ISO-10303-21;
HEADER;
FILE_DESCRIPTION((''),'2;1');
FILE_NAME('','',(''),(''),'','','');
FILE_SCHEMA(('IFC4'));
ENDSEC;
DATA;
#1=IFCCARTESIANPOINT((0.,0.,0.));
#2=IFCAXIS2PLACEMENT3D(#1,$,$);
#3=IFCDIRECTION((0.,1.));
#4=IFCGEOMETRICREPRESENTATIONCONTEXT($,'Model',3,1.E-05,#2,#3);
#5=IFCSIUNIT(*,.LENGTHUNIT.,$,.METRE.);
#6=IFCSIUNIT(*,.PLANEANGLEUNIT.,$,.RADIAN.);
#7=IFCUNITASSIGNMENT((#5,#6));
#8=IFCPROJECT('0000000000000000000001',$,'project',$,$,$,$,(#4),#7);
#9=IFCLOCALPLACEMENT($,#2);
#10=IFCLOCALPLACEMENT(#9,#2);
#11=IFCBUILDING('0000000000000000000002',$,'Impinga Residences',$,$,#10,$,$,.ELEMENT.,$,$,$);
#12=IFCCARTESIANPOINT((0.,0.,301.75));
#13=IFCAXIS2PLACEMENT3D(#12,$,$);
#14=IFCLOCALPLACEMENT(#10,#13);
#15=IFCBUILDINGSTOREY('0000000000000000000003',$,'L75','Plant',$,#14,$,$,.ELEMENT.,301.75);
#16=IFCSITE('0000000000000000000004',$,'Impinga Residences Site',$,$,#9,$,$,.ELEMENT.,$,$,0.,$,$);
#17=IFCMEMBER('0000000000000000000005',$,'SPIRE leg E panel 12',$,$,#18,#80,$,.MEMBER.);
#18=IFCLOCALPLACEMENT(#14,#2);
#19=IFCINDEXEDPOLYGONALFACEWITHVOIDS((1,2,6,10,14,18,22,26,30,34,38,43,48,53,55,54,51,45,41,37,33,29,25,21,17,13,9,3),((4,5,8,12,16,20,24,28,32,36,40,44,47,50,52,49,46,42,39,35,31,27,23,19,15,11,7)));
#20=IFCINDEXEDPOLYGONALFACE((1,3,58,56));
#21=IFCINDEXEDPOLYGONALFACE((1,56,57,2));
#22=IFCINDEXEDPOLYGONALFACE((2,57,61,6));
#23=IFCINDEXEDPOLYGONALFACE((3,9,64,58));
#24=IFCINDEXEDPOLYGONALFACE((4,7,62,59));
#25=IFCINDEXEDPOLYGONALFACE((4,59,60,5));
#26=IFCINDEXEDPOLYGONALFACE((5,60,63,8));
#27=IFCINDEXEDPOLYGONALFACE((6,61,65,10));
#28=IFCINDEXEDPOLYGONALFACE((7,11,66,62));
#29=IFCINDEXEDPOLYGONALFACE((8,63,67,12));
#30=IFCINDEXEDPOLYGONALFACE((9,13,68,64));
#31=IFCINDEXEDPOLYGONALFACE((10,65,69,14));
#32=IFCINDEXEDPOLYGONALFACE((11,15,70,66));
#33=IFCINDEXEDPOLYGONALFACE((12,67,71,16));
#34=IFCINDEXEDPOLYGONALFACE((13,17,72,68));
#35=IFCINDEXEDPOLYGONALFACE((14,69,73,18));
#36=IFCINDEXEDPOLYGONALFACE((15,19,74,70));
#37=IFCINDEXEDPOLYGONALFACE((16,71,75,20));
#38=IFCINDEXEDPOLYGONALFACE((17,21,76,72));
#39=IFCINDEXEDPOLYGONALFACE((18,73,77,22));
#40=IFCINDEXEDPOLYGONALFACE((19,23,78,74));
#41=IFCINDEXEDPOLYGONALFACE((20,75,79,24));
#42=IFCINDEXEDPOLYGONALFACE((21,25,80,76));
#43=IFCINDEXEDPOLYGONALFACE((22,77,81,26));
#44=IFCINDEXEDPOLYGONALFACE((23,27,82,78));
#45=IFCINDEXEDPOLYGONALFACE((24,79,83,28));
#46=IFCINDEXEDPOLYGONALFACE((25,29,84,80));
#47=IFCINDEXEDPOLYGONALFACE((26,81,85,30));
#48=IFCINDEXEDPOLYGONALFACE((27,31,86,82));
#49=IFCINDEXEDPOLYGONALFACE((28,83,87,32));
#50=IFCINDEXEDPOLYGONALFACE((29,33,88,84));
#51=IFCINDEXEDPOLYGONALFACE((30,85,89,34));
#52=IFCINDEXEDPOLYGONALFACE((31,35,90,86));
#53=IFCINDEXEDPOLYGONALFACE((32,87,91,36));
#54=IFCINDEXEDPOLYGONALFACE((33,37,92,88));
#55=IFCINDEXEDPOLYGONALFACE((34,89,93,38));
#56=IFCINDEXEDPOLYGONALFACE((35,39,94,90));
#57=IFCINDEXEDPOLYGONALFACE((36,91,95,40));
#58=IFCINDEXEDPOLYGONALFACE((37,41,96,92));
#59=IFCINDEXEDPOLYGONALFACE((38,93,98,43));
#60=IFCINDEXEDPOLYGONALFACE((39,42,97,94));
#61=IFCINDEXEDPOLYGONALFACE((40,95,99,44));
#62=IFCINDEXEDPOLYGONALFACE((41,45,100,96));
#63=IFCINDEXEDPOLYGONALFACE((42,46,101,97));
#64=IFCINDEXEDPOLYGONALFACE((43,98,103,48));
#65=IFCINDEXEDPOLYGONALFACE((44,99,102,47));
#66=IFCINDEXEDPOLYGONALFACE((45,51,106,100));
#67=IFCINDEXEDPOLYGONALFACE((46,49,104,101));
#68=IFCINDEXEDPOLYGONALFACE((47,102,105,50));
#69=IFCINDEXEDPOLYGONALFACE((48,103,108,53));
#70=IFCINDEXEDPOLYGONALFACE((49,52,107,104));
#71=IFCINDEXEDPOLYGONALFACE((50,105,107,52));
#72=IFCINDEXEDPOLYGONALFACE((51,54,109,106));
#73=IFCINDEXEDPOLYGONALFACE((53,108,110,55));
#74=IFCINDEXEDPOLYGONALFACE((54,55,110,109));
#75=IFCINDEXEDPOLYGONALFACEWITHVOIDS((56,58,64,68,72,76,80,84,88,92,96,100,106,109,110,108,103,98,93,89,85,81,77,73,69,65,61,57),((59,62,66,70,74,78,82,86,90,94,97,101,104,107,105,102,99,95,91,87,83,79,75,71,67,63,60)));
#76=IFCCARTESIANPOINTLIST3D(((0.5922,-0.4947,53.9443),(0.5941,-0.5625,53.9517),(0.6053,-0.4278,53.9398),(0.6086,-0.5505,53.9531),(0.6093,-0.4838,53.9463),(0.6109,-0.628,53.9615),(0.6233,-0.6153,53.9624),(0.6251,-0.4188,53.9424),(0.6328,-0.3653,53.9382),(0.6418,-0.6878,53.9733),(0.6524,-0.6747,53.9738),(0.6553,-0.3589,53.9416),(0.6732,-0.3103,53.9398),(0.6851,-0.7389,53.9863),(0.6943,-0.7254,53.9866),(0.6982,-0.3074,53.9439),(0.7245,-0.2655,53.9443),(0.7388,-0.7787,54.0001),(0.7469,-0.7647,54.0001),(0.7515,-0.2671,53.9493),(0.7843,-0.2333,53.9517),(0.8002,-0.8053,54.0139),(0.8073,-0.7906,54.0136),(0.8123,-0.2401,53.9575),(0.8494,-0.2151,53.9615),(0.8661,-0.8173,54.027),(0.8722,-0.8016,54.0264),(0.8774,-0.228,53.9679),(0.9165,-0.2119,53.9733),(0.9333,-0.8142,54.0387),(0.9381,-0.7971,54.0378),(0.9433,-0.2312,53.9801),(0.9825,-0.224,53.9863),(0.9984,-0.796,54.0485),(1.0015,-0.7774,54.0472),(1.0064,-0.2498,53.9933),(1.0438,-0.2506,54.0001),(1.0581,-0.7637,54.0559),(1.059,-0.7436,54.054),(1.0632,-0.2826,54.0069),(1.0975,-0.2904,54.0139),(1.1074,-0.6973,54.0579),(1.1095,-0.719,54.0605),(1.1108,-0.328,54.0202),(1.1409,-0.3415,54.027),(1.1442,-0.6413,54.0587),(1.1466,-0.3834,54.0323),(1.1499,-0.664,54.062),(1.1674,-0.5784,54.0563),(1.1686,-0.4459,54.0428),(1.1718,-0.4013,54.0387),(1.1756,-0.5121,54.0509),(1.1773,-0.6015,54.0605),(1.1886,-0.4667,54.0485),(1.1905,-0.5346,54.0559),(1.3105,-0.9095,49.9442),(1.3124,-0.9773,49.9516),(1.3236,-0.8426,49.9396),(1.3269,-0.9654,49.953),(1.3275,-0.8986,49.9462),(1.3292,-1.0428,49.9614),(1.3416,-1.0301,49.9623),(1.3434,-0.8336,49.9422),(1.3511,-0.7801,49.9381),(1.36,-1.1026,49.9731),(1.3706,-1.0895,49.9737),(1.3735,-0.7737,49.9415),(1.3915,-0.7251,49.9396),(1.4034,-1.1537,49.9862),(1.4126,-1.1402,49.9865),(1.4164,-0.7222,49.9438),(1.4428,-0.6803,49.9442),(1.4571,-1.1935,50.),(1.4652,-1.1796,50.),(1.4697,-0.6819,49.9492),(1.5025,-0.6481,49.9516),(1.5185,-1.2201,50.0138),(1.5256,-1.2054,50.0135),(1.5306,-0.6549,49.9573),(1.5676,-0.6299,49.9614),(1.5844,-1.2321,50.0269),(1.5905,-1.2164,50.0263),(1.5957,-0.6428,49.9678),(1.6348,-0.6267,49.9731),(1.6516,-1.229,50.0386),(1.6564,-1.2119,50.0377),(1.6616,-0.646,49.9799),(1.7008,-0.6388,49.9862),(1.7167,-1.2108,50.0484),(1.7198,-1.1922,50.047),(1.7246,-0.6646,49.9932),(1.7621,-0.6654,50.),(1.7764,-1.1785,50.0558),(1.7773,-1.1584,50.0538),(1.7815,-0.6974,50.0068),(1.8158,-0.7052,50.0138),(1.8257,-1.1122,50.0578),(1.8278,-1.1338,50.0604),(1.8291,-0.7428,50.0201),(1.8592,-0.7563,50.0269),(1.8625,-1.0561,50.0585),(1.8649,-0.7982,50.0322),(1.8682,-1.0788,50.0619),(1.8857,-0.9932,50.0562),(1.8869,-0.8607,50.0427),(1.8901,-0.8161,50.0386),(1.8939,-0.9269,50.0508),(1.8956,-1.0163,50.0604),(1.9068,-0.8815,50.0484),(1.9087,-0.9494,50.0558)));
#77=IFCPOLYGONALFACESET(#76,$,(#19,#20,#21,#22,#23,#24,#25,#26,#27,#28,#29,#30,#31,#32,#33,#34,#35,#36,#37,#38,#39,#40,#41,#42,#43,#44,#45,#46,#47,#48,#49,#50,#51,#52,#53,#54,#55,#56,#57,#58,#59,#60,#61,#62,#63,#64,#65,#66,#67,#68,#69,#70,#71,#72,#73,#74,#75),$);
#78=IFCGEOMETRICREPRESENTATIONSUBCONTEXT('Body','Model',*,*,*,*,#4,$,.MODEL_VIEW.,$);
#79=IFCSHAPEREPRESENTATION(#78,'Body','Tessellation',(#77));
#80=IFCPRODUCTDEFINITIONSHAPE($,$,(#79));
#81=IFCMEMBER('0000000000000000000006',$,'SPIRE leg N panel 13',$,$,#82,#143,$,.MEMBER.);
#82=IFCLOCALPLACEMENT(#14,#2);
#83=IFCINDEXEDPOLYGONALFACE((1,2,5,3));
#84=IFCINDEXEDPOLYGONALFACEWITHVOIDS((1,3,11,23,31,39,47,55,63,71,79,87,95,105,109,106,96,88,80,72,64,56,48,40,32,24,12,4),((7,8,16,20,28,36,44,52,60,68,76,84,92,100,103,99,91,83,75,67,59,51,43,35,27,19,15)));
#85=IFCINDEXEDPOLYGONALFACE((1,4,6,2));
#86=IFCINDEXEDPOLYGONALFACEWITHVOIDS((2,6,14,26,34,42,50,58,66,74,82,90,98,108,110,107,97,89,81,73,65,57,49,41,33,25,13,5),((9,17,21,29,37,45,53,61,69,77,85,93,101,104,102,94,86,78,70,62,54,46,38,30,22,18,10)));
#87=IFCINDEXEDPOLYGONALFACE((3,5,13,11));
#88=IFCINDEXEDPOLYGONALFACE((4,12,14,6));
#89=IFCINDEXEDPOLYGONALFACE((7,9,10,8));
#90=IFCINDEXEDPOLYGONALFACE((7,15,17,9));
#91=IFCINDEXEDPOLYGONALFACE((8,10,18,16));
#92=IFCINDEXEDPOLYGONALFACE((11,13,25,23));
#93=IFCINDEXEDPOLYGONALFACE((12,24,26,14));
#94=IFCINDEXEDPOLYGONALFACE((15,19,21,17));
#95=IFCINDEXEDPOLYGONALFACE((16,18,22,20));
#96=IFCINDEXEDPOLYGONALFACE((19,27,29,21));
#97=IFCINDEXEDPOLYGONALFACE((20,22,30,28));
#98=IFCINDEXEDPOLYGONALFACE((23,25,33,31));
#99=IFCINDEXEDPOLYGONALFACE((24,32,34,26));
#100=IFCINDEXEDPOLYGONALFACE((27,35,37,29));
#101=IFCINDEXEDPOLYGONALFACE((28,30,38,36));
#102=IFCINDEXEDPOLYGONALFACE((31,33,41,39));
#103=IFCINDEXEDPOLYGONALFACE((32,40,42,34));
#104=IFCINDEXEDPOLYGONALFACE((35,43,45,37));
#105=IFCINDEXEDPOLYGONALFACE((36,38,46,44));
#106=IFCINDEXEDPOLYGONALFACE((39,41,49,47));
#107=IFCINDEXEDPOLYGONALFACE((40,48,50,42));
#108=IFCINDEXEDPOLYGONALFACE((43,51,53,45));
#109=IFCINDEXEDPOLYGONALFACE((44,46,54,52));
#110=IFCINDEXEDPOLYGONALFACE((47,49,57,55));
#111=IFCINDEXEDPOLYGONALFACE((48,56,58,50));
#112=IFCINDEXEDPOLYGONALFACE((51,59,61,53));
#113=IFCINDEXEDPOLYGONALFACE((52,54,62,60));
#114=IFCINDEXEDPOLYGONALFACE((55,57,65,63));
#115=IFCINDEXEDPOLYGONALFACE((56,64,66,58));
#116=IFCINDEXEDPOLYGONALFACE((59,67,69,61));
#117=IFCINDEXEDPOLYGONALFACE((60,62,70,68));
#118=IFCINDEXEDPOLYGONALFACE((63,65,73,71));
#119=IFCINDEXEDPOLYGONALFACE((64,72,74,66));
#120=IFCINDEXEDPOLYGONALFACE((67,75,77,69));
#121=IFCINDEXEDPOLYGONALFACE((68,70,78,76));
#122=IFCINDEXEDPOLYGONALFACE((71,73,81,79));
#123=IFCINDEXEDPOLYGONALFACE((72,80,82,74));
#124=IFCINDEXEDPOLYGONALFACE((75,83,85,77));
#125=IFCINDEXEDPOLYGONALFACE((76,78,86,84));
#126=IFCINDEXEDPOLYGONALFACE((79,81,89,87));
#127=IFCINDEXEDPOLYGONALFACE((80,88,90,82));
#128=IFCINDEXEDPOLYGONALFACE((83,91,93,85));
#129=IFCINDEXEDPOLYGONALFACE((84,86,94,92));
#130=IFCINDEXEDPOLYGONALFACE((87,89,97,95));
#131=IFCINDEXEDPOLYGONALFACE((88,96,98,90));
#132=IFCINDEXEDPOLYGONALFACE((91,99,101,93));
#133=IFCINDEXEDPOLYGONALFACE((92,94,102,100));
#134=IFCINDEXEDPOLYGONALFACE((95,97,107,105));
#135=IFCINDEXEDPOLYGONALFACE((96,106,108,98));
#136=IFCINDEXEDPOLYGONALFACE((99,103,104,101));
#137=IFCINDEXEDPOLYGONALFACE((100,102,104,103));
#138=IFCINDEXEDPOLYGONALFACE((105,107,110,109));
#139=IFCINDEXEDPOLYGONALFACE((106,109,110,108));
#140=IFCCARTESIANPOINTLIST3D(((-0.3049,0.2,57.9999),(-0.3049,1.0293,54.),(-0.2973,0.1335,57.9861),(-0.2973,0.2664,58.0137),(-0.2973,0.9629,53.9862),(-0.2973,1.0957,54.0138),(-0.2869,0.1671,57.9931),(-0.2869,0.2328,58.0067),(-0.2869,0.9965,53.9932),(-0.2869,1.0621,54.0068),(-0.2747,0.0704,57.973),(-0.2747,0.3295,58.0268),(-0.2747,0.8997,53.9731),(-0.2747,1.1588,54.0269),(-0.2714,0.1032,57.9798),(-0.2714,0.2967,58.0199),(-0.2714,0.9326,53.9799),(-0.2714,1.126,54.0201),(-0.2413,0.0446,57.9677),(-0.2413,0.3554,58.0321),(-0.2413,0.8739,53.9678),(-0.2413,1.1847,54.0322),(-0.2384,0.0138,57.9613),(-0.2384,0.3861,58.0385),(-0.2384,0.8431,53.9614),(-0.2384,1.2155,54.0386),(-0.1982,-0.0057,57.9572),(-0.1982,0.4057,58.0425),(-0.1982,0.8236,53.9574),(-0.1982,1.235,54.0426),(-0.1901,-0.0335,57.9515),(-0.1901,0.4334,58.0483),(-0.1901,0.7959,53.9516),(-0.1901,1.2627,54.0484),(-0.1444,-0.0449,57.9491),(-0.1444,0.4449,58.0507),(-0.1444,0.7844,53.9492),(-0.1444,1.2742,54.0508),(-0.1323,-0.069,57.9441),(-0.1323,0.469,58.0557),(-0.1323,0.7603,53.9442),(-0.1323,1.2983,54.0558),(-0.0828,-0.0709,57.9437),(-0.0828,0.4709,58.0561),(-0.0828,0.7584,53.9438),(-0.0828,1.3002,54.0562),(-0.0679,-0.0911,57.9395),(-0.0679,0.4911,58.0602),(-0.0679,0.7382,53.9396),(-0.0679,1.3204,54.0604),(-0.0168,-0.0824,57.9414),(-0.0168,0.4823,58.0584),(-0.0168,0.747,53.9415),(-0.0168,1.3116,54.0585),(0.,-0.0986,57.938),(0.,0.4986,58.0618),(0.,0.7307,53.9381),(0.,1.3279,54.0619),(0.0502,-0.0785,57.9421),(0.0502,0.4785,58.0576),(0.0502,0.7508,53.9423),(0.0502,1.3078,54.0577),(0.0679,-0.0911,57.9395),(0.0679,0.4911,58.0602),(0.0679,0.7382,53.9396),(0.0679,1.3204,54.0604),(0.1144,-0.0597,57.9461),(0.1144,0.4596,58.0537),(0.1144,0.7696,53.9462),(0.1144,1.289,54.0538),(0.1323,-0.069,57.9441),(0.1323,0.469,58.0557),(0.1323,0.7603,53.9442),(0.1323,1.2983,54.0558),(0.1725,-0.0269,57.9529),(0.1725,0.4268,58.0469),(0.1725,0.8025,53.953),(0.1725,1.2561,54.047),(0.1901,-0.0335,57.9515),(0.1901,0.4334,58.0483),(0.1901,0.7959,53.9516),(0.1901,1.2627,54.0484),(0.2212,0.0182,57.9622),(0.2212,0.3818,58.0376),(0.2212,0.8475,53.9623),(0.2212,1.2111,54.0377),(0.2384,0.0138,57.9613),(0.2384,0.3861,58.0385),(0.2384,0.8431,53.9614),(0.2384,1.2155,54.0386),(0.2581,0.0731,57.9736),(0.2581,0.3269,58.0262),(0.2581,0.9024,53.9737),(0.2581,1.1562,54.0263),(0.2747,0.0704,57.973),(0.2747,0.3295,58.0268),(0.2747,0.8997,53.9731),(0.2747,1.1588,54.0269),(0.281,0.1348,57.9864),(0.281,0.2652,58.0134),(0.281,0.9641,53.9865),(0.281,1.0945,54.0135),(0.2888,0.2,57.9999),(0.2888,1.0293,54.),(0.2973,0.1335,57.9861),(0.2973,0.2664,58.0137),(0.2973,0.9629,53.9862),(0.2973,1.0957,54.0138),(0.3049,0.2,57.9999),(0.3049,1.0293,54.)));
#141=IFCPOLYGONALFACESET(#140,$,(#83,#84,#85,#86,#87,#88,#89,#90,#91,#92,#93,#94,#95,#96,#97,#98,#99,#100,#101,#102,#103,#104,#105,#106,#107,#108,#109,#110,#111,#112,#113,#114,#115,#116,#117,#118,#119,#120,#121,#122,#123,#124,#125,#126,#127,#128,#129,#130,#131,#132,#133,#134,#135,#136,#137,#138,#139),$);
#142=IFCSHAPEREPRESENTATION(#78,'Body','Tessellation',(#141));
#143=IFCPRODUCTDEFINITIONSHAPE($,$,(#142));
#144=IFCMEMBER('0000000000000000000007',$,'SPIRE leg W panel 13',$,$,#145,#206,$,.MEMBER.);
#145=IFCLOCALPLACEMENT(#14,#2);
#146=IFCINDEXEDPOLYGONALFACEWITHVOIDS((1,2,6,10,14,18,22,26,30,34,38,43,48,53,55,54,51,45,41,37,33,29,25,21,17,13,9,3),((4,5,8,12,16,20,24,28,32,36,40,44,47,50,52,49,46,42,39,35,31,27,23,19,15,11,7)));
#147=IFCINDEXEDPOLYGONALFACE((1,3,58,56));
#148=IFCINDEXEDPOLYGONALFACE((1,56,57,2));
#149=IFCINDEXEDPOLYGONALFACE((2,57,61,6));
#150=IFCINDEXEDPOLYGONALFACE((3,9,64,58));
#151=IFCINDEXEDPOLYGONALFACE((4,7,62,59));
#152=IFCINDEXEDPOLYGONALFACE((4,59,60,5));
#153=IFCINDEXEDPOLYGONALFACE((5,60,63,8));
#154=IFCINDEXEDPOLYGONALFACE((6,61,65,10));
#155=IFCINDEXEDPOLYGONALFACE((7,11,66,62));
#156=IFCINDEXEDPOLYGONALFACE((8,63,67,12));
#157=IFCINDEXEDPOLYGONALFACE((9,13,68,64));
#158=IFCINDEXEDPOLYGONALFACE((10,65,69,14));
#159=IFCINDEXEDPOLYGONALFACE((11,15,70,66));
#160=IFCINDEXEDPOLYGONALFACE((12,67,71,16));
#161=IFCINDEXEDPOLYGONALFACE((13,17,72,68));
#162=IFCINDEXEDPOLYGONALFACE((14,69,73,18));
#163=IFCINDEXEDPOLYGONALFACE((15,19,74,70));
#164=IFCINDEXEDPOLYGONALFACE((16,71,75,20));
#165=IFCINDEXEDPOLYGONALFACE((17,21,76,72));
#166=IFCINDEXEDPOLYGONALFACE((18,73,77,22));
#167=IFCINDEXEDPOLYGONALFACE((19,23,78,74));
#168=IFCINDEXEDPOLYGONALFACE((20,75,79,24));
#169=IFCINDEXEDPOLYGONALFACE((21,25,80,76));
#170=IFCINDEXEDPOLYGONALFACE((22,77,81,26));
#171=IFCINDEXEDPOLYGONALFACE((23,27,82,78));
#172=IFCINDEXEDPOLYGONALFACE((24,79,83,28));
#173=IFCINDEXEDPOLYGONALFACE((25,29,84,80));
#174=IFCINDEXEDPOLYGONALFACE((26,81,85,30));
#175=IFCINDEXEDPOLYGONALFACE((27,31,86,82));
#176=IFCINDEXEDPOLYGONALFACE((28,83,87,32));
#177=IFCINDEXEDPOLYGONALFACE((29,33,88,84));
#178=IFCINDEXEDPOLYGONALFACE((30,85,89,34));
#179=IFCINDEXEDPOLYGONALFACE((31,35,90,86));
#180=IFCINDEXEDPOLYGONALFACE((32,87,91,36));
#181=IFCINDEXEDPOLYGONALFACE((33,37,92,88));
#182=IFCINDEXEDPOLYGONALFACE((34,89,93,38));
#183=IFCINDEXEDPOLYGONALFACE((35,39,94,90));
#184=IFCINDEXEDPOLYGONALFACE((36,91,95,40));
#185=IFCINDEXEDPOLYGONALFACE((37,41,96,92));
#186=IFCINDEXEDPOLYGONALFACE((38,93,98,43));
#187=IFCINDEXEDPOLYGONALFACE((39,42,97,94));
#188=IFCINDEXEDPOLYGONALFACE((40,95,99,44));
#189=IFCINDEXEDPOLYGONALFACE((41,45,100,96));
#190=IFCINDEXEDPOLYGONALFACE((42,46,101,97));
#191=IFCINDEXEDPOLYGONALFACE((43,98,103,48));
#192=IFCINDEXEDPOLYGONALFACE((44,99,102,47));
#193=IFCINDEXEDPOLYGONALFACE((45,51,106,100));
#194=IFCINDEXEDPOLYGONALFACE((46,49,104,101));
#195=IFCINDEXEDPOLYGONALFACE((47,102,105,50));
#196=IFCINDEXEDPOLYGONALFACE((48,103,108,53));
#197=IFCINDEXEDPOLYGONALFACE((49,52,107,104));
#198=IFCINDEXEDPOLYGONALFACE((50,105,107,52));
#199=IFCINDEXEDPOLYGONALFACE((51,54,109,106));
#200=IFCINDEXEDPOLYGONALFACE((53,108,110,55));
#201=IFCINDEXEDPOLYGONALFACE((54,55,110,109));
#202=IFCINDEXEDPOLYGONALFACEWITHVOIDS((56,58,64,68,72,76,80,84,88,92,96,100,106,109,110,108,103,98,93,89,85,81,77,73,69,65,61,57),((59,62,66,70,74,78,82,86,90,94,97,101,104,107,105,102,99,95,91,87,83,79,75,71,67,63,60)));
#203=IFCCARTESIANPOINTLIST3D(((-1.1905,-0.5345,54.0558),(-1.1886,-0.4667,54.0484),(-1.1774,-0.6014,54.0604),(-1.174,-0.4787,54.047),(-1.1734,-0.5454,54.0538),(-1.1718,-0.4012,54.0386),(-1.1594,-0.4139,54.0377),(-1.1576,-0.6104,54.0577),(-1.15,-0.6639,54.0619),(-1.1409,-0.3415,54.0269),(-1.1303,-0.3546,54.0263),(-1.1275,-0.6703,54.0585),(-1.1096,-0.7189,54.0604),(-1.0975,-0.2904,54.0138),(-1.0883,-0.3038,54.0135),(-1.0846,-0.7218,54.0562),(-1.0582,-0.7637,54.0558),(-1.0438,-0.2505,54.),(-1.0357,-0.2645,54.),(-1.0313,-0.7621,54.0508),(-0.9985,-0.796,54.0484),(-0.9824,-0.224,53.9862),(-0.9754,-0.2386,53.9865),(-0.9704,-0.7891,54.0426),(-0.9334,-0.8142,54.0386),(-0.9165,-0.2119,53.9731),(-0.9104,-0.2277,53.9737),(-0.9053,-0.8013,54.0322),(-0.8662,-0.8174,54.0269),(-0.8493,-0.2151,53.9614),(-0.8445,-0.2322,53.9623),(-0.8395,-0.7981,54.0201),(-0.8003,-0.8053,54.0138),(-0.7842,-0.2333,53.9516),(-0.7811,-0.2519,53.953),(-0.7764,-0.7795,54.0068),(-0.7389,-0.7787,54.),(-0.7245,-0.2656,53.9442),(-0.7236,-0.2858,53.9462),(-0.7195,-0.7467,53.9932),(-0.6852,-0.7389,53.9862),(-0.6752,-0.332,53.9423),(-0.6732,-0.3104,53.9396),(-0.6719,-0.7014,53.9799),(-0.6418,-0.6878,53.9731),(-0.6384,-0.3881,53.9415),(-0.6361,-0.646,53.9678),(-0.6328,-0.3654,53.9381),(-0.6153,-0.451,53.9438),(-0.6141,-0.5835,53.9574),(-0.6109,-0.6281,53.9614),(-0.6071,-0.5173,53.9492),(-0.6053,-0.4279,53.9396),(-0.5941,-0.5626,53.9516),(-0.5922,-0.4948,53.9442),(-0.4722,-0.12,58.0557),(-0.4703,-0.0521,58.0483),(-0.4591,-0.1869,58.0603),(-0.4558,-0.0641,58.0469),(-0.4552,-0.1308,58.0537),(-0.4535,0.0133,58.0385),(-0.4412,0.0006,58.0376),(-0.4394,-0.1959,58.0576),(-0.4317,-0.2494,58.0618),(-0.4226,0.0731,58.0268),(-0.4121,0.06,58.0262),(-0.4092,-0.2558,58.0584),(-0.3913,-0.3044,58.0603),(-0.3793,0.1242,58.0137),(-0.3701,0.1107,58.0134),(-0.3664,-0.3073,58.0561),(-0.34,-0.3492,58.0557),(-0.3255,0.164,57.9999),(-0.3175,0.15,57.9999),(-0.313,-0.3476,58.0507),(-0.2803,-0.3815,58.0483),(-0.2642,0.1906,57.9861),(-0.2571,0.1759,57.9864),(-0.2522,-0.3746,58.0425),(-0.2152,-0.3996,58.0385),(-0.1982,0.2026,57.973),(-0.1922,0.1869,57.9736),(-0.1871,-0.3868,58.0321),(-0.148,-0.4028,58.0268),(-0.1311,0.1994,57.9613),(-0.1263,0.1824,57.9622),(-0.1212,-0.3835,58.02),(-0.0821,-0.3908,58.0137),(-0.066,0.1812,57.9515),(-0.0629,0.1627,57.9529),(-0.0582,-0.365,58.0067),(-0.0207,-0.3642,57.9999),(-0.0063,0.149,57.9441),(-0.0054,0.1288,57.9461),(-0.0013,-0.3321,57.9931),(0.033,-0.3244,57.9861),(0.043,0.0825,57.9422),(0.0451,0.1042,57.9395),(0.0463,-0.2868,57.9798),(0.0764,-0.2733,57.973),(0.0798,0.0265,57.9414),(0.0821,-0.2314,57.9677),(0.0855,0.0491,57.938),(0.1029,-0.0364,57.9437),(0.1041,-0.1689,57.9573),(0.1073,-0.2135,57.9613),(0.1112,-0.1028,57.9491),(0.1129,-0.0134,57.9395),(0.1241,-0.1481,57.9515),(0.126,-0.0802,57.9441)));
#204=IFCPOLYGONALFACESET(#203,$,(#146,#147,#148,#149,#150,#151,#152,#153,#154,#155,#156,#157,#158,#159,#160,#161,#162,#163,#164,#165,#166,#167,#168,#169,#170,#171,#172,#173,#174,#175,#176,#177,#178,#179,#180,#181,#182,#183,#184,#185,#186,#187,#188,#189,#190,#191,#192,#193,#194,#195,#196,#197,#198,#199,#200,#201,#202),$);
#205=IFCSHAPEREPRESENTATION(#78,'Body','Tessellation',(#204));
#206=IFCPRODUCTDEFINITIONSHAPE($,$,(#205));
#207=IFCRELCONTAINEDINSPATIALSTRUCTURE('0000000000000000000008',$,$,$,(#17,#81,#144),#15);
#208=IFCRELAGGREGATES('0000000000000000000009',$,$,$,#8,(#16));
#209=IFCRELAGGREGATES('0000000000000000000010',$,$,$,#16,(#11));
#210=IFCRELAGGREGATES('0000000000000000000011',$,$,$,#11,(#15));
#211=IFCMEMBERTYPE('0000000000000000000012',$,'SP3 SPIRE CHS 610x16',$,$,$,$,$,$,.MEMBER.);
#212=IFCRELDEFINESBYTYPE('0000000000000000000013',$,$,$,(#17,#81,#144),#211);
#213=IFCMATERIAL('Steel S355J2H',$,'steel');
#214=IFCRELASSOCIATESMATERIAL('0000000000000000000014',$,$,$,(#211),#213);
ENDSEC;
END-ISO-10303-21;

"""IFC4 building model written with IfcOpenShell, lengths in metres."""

from ifc_helpers import new_model, si_unit, direction, frame, origin, origin_2d, place, context, subcontext, project, spatial, hollow_circle, extrude, material, material_profile, profile_set, type_object, element, save


model = new_model("IFC4")

# Units and contexts
model_context = context("Model", 3, precision=1e-05, world=origin(), true_north=direction((0.0, 1.0)))
body_context = subcontext(model_context, "Body", "Model", "MODEL_VIEW")
ifc_project = project(units=[si_unit("LENGTHUNIT", "METRE"), si_unit("PLANEANGLEUNIT", "RADIAN")], contexts=[model_context])

# Site, building, storey
site_placement = place(None, origin())
site = spatial("IfcSite", under=ifc_project, at=site_placement, Name="Impinga Residences Site", CompositionType="ELEMENT", RefElevation=0.0)
building_placement = place(site_placement, origin())
building = spatial("IfcBuilding", under=site, at=building_placement, Name="Impinga Residences", CompositionType="ELEMENT")
storey_placement = place(building_placement, frame((0.0, 0.0, 301.75)))
storey = spatial("IfcBuildingStorey", under=building, at=storey_placement, Name="L75", Description="Plant", CompositionType="ELEMENT", Elevation=301.75)

# Members
ifc_material = material(Name="Steel S355J2H", Category="steel")
ifc_material_profile_1 = material_profile(ifc_material, hollow_circle(Radius=0.3049, WallThickness=0.0161, at=origin_2d()), Name="CHS 610x16")
ifc_profile_set_1 = profile_set([ifc_material_profile_1], Name="Steel S355J2H")
member_type_1 = type_object("IfcMemberType", Name="SP3 SPIRE CHS 610x16", PredefinedType="MEMBER", material=ifc_profile_set_1)
for number, where, z_axis, x_axis, name in (
    (1, (1.6096, -0.9294, 50.0), (-0.175825, 0.101539, 0.979171), (-0.500096, -0.86597, 0.0), "SPIRE leg E panel 12"),
):
    element("IfcMember", number, at=place(storey_placement, frame(where, z_axis=z_axis, x_axis=x_axis)), inside=storey, type_object=member_type_1, Name=name, PredefinedType="MEMBER", context=body_context, shape_type="SweptSolid", body=[
        extrude(hollow_circle(Radius=0.3049, WallThickness=0.0161, at=origin_2d()), origin(), (0.0, 0.0, 1.0), 4.0852),
    ])
for number, where, z_axis, x_axis, name in (
    (2, (0.0, 1.0293, 54.0), (0.0, -0.203019, 0.979175), (1.0, 0.0, 0.0), "SPIRE leg N panel 13"),
    (3, (-0.8914, -0.5146, 54.0), (0.175826, 0.10148, 0.979177), (-0.499875, 0.866097, 0.0), "SPIRE leg W panel 13"),
):
    element("IfcMember", number, at=place(storey_placement, frame(where, z_axis=z_axis, x_axis=x_axis)), inside=storey, type_object=member_type_1, Name=name, PredefinedType="MEMBER", context=body_context, shape_type="SweptSolid", body=[
        extrude(hollow_circle(Radius=0.3049, WallThickness=0.0161, at=origin_2d()), origin(), (0.0, 0.0, 1.0), 4.085),
    ])

save(model, "model.ifc")
